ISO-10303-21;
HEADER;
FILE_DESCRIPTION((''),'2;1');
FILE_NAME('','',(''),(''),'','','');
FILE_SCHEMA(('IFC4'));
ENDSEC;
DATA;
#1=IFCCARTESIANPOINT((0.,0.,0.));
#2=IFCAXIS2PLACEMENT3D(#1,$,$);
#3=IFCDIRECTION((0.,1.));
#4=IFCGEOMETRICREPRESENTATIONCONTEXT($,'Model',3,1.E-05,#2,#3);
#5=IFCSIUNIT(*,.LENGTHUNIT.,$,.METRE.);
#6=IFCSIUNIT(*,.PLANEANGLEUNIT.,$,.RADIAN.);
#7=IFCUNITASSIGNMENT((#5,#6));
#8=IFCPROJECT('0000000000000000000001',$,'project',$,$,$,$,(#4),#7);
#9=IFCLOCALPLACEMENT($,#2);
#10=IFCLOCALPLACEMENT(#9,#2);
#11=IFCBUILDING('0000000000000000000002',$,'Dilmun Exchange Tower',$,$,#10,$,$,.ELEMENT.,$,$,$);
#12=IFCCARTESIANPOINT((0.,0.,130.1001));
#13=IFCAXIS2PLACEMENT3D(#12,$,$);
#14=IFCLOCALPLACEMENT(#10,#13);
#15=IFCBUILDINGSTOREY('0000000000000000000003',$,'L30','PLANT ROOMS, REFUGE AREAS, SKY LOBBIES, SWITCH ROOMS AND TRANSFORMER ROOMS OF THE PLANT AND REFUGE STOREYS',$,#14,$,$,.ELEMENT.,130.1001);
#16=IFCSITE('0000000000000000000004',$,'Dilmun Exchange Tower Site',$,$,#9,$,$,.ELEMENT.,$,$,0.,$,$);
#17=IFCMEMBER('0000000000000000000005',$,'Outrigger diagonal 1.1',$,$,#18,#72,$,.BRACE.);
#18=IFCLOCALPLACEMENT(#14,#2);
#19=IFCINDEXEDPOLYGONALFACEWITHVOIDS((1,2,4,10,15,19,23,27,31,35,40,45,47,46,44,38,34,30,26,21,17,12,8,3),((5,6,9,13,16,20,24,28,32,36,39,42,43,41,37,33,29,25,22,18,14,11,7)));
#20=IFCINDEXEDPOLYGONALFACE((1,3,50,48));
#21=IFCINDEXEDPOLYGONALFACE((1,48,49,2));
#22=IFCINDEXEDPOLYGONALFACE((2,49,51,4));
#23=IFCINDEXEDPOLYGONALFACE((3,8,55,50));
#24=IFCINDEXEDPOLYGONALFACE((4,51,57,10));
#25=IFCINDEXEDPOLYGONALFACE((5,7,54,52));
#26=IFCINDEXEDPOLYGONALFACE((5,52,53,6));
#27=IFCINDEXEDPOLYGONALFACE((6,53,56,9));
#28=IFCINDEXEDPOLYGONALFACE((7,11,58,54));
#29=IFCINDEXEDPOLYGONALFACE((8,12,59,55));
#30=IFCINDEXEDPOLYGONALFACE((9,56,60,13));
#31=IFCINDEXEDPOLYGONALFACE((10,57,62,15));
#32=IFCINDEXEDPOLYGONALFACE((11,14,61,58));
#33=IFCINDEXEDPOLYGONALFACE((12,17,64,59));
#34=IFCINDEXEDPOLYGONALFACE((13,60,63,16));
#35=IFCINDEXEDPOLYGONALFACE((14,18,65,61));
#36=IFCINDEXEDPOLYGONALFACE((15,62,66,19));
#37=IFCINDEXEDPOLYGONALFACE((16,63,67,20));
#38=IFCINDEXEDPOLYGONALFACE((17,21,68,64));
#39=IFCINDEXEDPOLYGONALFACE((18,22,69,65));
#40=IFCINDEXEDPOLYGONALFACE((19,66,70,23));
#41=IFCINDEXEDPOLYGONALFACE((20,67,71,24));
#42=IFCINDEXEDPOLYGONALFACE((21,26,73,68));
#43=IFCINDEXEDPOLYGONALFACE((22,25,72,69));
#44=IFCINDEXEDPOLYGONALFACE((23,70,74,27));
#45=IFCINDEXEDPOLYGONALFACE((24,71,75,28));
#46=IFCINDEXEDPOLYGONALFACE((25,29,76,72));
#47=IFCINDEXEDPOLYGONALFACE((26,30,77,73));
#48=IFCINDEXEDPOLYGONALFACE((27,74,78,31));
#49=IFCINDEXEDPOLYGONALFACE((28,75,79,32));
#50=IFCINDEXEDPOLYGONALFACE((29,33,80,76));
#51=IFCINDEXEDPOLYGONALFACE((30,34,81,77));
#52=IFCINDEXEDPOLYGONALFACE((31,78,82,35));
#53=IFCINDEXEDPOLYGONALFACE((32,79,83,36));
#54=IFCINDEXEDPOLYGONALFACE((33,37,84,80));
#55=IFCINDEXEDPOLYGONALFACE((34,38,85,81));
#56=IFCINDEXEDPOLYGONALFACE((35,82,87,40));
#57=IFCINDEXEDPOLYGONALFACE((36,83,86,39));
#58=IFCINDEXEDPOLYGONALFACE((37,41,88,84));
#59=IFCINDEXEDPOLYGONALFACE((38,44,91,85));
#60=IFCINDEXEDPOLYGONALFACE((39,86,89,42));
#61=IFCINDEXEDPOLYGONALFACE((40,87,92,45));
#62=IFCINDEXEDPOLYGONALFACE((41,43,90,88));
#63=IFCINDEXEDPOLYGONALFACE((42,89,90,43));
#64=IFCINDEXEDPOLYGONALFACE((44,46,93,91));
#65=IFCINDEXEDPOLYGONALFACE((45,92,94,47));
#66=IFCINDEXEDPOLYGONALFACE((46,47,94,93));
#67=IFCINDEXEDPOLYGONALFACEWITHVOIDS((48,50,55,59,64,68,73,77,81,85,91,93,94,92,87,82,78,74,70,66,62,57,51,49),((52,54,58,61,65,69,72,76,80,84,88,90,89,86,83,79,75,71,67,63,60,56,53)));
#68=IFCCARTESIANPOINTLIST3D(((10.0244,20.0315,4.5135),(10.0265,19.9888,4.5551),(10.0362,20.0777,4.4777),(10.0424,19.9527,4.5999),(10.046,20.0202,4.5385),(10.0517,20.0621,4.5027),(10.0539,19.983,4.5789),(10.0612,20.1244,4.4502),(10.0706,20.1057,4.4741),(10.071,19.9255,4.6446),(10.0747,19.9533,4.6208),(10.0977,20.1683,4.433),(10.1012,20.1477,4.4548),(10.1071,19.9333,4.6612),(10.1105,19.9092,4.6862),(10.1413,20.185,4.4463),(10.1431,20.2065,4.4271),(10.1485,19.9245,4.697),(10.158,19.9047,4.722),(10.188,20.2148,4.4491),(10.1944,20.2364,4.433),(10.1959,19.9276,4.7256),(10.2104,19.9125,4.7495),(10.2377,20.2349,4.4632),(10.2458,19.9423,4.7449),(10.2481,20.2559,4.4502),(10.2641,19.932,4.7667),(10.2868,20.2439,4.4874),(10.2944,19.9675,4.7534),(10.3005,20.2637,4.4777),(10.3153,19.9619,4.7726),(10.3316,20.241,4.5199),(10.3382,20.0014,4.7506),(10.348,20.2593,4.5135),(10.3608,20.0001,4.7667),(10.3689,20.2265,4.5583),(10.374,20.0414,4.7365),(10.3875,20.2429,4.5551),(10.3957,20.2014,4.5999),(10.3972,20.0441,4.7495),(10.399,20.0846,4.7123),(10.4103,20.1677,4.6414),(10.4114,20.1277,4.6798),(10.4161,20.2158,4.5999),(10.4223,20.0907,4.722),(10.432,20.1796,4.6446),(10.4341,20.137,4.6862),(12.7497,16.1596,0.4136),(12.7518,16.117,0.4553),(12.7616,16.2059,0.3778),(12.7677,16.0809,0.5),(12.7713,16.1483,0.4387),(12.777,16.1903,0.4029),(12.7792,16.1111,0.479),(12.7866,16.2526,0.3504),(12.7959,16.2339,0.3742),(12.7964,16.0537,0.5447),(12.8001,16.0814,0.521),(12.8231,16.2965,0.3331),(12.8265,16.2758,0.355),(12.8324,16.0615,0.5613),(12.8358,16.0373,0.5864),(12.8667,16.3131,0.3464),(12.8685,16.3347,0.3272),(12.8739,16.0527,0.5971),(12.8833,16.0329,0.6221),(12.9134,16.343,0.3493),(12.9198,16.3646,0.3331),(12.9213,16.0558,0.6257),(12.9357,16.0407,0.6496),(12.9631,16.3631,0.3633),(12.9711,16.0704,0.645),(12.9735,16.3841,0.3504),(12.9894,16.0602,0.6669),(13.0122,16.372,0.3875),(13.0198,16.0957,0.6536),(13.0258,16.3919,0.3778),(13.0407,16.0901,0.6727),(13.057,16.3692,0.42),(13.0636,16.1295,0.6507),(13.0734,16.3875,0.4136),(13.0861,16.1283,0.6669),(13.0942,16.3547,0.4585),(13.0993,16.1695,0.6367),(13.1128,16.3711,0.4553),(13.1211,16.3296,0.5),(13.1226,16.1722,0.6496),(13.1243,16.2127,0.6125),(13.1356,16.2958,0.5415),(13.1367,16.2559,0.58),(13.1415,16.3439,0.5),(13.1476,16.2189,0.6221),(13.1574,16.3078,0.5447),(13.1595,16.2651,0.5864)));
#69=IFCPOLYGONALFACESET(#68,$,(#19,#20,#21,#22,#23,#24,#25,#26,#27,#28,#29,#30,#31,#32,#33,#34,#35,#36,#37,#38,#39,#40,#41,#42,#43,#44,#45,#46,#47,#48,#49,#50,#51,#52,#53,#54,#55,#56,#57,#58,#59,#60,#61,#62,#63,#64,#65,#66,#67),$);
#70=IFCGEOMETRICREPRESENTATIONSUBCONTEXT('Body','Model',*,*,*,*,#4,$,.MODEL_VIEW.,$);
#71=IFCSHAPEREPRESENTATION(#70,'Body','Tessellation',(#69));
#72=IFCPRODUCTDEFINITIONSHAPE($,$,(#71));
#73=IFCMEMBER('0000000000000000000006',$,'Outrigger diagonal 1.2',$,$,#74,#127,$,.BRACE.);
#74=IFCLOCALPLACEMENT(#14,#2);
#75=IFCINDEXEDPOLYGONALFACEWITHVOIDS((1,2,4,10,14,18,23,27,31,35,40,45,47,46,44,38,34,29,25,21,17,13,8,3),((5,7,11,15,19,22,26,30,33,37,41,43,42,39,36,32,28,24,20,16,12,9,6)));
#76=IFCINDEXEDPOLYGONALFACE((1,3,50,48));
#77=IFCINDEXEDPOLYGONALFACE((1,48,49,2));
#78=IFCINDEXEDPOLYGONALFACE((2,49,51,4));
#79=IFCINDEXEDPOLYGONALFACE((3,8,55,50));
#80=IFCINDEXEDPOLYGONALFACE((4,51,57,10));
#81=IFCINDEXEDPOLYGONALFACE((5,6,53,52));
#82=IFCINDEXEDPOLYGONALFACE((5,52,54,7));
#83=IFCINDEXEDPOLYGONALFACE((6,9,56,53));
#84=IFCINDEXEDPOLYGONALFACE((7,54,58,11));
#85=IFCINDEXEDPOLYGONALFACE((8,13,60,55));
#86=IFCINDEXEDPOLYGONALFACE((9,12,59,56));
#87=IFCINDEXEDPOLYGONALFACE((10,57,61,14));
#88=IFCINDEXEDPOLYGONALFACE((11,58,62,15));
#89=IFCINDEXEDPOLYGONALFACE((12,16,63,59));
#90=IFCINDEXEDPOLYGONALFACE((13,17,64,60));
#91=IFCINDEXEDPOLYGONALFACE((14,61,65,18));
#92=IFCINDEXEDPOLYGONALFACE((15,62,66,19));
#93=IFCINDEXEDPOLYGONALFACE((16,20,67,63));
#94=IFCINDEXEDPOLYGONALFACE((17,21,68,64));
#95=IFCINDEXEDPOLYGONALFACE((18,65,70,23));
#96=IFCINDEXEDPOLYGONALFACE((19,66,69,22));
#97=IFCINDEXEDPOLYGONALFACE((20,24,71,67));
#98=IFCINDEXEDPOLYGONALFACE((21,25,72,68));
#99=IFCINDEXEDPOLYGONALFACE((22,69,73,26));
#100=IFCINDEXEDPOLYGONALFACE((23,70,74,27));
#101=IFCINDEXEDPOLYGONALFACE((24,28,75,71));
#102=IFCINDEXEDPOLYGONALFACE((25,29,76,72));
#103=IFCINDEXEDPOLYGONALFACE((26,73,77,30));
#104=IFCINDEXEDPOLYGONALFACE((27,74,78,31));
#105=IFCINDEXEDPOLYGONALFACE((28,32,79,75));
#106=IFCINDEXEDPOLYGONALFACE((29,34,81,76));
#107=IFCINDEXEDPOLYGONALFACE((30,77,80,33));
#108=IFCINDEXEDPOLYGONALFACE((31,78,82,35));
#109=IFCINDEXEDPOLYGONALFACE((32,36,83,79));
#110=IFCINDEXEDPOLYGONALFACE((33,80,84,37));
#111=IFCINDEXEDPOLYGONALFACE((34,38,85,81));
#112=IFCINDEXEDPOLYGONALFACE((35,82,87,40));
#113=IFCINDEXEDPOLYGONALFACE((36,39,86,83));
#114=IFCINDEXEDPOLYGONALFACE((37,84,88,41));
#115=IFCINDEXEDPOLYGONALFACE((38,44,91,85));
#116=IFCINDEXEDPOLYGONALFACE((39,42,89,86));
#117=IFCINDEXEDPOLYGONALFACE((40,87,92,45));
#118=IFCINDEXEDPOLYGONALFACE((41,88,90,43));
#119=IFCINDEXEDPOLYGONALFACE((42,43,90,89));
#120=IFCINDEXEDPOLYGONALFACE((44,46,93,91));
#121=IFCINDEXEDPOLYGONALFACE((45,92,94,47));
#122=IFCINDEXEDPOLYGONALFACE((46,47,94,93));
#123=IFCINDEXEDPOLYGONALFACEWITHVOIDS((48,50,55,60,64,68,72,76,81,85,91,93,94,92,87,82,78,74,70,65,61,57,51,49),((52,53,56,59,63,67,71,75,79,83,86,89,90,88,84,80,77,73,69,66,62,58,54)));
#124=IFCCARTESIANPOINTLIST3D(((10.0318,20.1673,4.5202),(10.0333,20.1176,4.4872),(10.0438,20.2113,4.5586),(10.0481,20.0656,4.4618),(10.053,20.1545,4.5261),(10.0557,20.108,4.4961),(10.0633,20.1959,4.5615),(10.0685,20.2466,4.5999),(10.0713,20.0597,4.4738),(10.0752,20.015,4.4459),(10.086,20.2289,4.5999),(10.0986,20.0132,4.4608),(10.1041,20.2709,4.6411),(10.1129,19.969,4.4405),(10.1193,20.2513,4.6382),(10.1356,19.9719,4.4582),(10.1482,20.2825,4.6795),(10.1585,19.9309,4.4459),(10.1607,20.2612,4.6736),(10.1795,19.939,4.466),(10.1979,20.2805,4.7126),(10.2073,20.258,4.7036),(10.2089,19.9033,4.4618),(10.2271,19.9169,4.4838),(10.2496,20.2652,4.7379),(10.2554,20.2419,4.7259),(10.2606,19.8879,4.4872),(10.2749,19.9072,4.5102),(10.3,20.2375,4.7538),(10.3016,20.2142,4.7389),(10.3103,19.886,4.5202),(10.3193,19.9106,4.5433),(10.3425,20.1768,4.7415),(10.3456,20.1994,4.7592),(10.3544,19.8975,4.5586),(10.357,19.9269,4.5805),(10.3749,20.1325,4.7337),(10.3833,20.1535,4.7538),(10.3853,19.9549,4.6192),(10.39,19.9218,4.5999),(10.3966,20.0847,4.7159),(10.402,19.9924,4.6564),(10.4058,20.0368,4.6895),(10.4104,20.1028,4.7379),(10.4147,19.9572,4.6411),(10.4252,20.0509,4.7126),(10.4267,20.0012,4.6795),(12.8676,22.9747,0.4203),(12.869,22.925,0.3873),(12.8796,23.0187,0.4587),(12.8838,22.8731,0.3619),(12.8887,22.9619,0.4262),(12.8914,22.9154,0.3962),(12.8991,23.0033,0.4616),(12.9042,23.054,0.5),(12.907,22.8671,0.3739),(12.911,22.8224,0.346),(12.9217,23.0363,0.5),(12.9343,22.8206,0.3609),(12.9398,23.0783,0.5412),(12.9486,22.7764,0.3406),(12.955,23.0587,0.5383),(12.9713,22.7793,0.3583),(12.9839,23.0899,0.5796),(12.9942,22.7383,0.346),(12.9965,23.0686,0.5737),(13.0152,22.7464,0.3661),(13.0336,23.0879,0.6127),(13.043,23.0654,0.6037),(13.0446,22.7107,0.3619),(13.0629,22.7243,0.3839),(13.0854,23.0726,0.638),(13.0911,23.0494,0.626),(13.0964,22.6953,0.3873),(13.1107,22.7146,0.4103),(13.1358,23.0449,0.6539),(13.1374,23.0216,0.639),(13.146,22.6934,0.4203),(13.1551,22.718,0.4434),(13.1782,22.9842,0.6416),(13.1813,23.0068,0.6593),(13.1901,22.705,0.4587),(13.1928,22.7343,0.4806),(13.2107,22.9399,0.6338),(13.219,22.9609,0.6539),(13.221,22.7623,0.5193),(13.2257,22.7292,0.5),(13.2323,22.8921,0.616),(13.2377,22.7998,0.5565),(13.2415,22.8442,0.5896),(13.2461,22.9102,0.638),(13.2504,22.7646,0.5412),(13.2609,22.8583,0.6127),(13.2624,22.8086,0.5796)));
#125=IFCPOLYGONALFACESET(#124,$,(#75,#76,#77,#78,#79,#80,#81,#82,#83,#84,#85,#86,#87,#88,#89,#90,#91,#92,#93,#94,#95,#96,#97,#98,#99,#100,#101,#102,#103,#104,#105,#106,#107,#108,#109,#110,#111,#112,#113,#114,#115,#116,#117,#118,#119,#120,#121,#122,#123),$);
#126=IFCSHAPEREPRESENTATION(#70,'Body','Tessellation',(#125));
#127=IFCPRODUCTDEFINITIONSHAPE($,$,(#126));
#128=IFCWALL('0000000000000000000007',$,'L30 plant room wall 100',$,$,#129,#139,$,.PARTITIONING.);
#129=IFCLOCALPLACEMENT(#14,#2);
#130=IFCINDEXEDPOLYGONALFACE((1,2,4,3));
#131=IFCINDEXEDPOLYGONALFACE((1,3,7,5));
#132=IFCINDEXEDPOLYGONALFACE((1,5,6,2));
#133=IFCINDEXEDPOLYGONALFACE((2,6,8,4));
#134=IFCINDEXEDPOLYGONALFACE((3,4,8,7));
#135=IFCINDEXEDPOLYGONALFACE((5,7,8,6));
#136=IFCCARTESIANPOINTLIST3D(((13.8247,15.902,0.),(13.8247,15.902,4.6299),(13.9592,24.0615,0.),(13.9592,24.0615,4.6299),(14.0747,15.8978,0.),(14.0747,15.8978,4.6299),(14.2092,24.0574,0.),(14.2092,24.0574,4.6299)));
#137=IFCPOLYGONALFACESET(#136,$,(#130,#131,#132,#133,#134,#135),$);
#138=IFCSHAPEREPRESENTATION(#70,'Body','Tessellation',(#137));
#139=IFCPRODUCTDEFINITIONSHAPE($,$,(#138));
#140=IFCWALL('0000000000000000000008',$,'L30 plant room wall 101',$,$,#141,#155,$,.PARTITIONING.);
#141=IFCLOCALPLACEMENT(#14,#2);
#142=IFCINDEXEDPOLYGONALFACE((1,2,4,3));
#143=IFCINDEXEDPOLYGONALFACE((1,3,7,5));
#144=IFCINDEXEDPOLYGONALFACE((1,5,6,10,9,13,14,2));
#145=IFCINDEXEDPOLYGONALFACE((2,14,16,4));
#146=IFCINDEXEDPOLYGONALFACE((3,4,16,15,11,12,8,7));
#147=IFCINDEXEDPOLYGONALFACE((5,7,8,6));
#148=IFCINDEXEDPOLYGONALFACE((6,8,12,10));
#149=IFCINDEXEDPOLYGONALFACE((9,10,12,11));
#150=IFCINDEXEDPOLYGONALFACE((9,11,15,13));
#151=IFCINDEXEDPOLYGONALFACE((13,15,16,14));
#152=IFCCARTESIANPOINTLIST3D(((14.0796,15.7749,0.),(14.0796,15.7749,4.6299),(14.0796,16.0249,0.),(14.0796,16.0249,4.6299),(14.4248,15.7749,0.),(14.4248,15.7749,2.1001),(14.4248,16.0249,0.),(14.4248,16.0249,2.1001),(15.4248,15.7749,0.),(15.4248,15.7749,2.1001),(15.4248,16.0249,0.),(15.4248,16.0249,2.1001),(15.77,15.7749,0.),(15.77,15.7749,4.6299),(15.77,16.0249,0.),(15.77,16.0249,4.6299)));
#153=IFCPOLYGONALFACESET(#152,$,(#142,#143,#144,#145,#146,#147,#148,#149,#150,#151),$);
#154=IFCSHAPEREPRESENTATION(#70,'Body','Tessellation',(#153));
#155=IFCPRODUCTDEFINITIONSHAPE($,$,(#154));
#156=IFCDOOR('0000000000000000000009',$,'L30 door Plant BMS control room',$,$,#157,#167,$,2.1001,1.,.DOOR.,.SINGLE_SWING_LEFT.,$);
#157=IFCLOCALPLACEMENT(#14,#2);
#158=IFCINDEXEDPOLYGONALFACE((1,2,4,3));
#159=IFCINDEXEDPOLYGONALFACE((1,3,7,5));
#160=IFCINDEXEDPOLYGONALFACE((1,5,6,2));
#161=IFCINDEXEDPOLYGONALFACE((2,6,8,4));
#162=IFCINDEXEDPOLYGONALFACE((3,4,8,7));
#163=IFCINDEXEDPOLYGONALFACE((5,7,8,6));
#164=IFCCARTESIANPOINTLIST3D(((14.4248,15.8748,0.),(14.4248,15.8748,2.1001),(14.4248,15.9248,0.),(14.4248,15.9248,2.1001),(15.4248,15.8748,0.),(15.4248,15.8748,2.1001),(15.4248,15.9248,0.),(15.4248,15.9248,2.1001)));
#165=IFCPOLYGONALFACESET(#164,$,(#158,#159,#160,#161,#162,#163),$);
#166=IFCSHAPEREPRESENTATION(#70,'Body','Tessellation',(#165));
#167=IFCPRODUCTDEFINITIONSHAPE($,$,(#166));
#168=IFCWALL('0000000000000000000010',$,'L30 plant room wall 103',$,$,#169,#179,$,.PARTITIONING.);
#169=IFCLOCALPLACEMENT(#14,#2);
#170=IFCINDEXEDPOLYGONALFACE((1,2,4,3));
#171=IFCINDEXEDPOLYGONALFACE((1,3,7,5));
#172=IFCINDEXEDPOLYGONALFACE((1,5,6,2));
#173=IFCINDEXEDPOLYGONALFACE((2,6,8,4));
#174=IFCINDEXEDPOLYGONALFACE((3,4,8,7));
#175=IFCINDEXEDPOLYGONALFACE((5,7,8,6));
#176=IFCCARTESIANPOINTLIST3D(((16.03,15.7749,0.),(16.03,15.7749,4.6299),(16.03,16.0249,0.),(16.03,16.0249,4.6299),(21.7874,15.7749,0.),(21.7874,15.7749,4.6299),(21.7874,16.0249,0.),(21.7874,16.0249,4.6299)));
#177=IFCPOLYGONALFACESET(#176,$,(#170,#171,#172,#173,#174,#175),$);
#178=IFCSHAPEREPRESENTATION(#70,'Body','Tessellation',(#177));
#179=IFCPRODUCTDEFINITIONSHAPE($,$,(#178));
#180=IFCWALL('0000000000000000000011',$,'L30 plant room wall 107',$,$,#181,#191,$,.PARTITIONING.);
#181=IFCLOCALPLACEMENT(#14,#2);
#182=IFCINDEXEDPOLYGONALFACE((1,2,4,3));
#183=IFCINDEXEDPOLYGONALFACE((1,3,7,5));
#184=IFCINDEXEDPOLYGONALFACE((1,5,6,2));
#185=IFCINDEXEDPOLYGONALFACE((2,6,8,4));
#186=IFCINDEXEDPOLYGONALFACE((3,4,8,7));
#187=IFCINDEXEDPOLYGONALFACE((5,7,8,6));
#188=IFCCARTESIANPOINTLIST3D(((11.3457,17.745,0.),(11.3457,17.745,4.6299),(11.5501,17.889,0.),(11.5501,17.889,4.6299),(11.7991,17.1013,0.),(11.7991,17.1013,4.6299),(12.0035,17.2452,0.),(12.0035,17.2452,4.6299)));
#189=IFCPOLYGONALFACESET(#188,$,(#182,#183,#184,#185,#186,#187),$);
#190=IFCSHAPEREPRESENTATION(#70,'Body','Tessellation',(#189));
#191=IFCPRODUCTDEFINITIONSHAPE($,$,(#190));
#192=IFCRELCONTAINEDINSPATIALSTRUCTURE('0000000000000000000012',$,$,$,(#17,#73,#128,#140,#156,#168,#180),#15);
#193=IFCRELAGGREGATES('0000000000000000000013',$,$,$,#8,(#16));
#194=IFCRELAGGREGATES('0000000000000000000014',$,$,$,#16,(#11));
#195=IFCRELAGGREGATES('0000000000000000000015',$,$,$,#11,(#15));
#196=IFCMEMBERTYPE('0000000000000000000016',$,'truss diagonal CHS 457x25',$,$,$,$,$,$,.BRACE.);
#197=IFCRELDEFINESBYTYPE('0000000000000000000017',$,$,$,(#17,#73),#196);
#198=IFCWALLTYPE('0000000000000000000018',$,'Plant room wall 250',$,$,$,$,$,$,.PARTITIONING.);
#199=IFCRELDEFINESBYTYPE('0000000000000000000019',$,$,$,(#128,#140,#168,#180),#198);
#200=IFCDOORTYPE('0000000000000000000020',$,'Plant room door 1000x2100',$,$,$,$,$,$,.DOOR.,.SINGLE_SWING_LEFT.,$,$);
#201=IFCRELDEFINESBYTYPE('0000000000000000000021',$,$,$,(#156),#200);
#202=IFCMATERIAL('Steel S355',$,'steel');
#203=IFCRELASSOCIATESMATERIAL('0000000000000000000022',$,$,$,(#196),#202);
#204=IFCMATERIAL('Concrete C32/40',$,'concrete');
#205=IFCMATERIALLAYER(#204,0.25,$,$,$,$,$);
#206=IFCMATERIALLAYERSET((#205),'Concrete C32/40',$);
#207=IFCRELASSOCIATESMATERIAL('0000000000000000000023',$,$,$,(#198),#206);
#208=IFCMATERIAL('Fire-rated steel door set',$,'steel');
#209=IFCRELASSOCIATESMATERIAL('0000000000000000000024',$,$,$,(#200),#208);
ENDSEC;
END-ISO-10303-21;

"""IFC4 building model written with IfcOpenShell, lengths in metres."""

from ifc_helpers import new_model, si_unit, direction, frame, frame_2d, origin, origin_2d, place, context, subcontext, project, spatial, rectangle, hollow_circle, extrude, material, layer, layer_set, material_profile, profile_set, type_object, element, fill, save


model = new_model("IFC4")

# Units and contexts
model_context = context("Model", 3, precision=1e-05, world=origin(), true_north=direction((0.0, 1.0)))
body_context = subcontext(model_context, "Body", "Model", "MODEL_VIEW")
ifc_project = project(units=[si_unit("LENGTHUNIT", "METRE"), si_unit("PLANEANGLEUNIT", "RADIAN")], contexts=[model_context])

# Site, building, storey
site_placement = place(None, origin())
site = spatial("IfcSite", under=ifc_project, at=site_placement, Name="Dilmun Exchange Tower Site", CompositionType="ELEMENT", RefElevation=0.0)
building_placement = place(site_placement, origin())
building = spatial("IfcBuilding", under=site, at=building_placement, Name="Dilmun Exchange Tower", CompositionType="ELEMENT")
storey_placement = place(building_placement, frame((0.0, 0.0, 130.1001)))
storey = spatial("IfcBuildingStorey", under=building, at=storey_placement, Name="L30", Description="PLANT ROOMS, REFUGE AREAS, SKY LOBBIES, SWITCH ROOMS AND TRANSFORMER ROOMS OF THE PLANT AND REFUGE STOREYS", CompositionType="ELEMENT", Elevation=130.1001)

# Members
ifc_material_1 = material(Name="Steel S355", Category="steel")
ifc_material_profile_1 = material_profile(ifc_material_1, hollow_circle(Radius=0.2285, WallThickness=0.0249, at=origin_2d()), Name="CHS 457x25")
ifc_profile_set_1 = profile_set([ifc_material_profile_1], Name="Steel S355")
member_type_1 = type_object("IfcMemberType", Name="truss diagonal CHS 457x25", PredefinedType="BRACE", material=ifc_profile_set_1)
member_1_placement = place(storey_placement, frame((10.2292, 20.0842, 4.5999), z_axis=(0.435138, -0.618189, -0.654597), x_axis=(0.817735, 0.575596, 0.0)))
element("IfcMember", 1, at=member_1_placement, inside=storey, type_object=member_type_1, Name="Outrigger diagonal 1.1", PredefinedType="BRACE", context=body_context, shape_type="SweptSolid", body=[
    extrude(hollow_circle(Radius=0.2285, WallThickness=0.0249, at=origin_2d()), origin(), (0.0, 0.0, 1.0), 6.2632),
])
member_2_placement = place(storey_placement, frame((10.2292, 20.0842, 4.5999), z_axis=(0.495653, 0.490703, -0.716616), x_axis=(-0.703549, 0.710647, 0.0)))
element("IfcMember", 2, at=member_2_placement, inside=storey, type_object=member_type_1, Name="Outrigger diagonal 1.2", PredefinedType="BRACE", context=body_context, shape_type="SweptSolid", body=[
    extrude(hollow_circle(Radius=0.2285, WallThickness=0.0249, at=origin_2d()), origin(), (0.0, 0.0, 1.0), 5.7212),
])

# Wall
ifc_material_2 = material(Name="Concrete C32/40", Category="concrete")
ifc_layer_1 = layer(ifc_material_2, 0.25)
ifc_layer_set_1 = layer_set([ifc_layer_1], Name="Concrete C32/40")
wall_type = type_object("IfcWallType", Name="Plant room wall 250", PredefinedType="PARTITIONING", material=ifc_layer_set_1)
wall_1_placement = place(storey_placement, frame((13.9497, 15.8999, 0.0), z_axis=(0.0, 0.0, 1.0), x_axis=(0.016484, 0.999864, 0.0)))
element("IfcWall", 3, at=wall_1_placement, inside=storey, type_object=wall_type, Name="L30 plant room wall 100", PredefinedType="PARTITIONING", context=body_context, shape_type="SweptSolid", body=[
    extrude(rectangle(XDim=8.1606, YDim=0.25, at=frame_2d((4.0803, 0.0))), origin(), (0.0, 0.0, 1.0), 4.6299),
])

# Wall, opening, door
wall_2_placement = place(storey_placement, frame((14.0796, 15.8999, 0.0), z_axis=(0.0, 0.0, 1.0), x_axis=(1.0, 0.0, 0.0)))
wall_2 = element("IfcWall", 4, at=wall_2_placement, inside=storey, type_object=wall_type, Name="L30 plant room wall 101", PredefinedType="PARTITIONING", context=body_context, shape_type="SweptSolid", body=[
    extrude(rectangle(XDim=1.6904, YDim=0.25, at=frame_2d((0.8452, 0.0))), origin(), (0.0, 0.0, 1.0), 4.6299),
])
opening_1_placement = place(wall_2_placement, frame((0.3452, 0.0, 0.0)))
opening_1 = element("IfcOpeningElement", 5, at=opening_1_placement, cuts=wall_2, PredefinedType="OPENING", context=body_context, shape_type="SweptSolid", body=[
    extrude(rectangle(XDim=1.0, YDim=2.1001, at=frame_2d((0.5, 1.05))), frame((0.0, 0.135, 0.0), z_axis=(0.0, -1.0, 0.0), x_axis=(1.0, 0.0, 0.0)), (0.0, 0.0, 1.0), 0.27),
])
ifc_material_3 = material(Name="Fire-rated steel door set", Category="steel")
door_type_1 = type_object("IfcDoorType", Name="Plant room door 1000x2100", OperationType="SINGLE_SWING_LEFT", PredefinedType="DOOR", material=ifc_material_3)
door_1_placement = place(opening_1_placement, origin())
door_1 = element("IfcDoor", 6, at=door_1_placement, inside=storey, type_object=door_type_1, Name="L30 door Plant BMS control room", OperationType="SINGLE_SWING_LEFT", OverallHeight=2.1001, OverallWidth=1.0, PredefinedType="DOOR", context=body_context, shape_type="SweptSolid", body=[
    extrude(rectangle(XDim=1.0, YDim=2.1001, at=frame_2d((0.5, 1.05))), frame((0.0, 0.0249, 0.0), z_axis=(0.0, -1.0, 0.0), x_axis=(1.0, 0.0, 0.0)), (0.0, 0.0, 1.0), 0.05),
])
fill(opening_1, door_1)

# Walls
wall_3_placement = place(storey_placement, frame((16.03, 15.8999, 0.0), z_axis=(0.0, 0.0, 1.0), x_axis=(1.0, 0.0, 0.0)))
element("IfcWall", 7, at=wall_3_placement, inside=storey, type_object=wall_type, Name="L30 plant room wall 103", PredefinedType="PARTITIONING", context=body_context, shape_type="SweptSolid", body=[
    extrude(rectangle(XDim=5.7573, YDim=0.25, at=frame_2d((2.8787, 0.0))), origin(), (0.0, 0.0, 1.0), 4.6299),
])
wall_4_placement = place(storey_placement, frame((11.448, 17.8169, 0.0), z_axis=(0.0, 0.0, 1.0), x_axis=(0.57577, -0.817612, 0.0)))
element("IfcWall", 8, at=wall_4_placement, inside=storey, type_object=wall_type, Name="L30 plant room wall 107", PredefinedType="PARTITIONING", context=body_context, shape_type="SweptSolid", body=[
    extrude(rectangle(XDim=0.7874, YDim=0.25, at=frame_2d((0.3936, 0.0))), origin(), (0.0, 0.0, 1.0), 4.6299),
])

save(model, "model.ifc")
